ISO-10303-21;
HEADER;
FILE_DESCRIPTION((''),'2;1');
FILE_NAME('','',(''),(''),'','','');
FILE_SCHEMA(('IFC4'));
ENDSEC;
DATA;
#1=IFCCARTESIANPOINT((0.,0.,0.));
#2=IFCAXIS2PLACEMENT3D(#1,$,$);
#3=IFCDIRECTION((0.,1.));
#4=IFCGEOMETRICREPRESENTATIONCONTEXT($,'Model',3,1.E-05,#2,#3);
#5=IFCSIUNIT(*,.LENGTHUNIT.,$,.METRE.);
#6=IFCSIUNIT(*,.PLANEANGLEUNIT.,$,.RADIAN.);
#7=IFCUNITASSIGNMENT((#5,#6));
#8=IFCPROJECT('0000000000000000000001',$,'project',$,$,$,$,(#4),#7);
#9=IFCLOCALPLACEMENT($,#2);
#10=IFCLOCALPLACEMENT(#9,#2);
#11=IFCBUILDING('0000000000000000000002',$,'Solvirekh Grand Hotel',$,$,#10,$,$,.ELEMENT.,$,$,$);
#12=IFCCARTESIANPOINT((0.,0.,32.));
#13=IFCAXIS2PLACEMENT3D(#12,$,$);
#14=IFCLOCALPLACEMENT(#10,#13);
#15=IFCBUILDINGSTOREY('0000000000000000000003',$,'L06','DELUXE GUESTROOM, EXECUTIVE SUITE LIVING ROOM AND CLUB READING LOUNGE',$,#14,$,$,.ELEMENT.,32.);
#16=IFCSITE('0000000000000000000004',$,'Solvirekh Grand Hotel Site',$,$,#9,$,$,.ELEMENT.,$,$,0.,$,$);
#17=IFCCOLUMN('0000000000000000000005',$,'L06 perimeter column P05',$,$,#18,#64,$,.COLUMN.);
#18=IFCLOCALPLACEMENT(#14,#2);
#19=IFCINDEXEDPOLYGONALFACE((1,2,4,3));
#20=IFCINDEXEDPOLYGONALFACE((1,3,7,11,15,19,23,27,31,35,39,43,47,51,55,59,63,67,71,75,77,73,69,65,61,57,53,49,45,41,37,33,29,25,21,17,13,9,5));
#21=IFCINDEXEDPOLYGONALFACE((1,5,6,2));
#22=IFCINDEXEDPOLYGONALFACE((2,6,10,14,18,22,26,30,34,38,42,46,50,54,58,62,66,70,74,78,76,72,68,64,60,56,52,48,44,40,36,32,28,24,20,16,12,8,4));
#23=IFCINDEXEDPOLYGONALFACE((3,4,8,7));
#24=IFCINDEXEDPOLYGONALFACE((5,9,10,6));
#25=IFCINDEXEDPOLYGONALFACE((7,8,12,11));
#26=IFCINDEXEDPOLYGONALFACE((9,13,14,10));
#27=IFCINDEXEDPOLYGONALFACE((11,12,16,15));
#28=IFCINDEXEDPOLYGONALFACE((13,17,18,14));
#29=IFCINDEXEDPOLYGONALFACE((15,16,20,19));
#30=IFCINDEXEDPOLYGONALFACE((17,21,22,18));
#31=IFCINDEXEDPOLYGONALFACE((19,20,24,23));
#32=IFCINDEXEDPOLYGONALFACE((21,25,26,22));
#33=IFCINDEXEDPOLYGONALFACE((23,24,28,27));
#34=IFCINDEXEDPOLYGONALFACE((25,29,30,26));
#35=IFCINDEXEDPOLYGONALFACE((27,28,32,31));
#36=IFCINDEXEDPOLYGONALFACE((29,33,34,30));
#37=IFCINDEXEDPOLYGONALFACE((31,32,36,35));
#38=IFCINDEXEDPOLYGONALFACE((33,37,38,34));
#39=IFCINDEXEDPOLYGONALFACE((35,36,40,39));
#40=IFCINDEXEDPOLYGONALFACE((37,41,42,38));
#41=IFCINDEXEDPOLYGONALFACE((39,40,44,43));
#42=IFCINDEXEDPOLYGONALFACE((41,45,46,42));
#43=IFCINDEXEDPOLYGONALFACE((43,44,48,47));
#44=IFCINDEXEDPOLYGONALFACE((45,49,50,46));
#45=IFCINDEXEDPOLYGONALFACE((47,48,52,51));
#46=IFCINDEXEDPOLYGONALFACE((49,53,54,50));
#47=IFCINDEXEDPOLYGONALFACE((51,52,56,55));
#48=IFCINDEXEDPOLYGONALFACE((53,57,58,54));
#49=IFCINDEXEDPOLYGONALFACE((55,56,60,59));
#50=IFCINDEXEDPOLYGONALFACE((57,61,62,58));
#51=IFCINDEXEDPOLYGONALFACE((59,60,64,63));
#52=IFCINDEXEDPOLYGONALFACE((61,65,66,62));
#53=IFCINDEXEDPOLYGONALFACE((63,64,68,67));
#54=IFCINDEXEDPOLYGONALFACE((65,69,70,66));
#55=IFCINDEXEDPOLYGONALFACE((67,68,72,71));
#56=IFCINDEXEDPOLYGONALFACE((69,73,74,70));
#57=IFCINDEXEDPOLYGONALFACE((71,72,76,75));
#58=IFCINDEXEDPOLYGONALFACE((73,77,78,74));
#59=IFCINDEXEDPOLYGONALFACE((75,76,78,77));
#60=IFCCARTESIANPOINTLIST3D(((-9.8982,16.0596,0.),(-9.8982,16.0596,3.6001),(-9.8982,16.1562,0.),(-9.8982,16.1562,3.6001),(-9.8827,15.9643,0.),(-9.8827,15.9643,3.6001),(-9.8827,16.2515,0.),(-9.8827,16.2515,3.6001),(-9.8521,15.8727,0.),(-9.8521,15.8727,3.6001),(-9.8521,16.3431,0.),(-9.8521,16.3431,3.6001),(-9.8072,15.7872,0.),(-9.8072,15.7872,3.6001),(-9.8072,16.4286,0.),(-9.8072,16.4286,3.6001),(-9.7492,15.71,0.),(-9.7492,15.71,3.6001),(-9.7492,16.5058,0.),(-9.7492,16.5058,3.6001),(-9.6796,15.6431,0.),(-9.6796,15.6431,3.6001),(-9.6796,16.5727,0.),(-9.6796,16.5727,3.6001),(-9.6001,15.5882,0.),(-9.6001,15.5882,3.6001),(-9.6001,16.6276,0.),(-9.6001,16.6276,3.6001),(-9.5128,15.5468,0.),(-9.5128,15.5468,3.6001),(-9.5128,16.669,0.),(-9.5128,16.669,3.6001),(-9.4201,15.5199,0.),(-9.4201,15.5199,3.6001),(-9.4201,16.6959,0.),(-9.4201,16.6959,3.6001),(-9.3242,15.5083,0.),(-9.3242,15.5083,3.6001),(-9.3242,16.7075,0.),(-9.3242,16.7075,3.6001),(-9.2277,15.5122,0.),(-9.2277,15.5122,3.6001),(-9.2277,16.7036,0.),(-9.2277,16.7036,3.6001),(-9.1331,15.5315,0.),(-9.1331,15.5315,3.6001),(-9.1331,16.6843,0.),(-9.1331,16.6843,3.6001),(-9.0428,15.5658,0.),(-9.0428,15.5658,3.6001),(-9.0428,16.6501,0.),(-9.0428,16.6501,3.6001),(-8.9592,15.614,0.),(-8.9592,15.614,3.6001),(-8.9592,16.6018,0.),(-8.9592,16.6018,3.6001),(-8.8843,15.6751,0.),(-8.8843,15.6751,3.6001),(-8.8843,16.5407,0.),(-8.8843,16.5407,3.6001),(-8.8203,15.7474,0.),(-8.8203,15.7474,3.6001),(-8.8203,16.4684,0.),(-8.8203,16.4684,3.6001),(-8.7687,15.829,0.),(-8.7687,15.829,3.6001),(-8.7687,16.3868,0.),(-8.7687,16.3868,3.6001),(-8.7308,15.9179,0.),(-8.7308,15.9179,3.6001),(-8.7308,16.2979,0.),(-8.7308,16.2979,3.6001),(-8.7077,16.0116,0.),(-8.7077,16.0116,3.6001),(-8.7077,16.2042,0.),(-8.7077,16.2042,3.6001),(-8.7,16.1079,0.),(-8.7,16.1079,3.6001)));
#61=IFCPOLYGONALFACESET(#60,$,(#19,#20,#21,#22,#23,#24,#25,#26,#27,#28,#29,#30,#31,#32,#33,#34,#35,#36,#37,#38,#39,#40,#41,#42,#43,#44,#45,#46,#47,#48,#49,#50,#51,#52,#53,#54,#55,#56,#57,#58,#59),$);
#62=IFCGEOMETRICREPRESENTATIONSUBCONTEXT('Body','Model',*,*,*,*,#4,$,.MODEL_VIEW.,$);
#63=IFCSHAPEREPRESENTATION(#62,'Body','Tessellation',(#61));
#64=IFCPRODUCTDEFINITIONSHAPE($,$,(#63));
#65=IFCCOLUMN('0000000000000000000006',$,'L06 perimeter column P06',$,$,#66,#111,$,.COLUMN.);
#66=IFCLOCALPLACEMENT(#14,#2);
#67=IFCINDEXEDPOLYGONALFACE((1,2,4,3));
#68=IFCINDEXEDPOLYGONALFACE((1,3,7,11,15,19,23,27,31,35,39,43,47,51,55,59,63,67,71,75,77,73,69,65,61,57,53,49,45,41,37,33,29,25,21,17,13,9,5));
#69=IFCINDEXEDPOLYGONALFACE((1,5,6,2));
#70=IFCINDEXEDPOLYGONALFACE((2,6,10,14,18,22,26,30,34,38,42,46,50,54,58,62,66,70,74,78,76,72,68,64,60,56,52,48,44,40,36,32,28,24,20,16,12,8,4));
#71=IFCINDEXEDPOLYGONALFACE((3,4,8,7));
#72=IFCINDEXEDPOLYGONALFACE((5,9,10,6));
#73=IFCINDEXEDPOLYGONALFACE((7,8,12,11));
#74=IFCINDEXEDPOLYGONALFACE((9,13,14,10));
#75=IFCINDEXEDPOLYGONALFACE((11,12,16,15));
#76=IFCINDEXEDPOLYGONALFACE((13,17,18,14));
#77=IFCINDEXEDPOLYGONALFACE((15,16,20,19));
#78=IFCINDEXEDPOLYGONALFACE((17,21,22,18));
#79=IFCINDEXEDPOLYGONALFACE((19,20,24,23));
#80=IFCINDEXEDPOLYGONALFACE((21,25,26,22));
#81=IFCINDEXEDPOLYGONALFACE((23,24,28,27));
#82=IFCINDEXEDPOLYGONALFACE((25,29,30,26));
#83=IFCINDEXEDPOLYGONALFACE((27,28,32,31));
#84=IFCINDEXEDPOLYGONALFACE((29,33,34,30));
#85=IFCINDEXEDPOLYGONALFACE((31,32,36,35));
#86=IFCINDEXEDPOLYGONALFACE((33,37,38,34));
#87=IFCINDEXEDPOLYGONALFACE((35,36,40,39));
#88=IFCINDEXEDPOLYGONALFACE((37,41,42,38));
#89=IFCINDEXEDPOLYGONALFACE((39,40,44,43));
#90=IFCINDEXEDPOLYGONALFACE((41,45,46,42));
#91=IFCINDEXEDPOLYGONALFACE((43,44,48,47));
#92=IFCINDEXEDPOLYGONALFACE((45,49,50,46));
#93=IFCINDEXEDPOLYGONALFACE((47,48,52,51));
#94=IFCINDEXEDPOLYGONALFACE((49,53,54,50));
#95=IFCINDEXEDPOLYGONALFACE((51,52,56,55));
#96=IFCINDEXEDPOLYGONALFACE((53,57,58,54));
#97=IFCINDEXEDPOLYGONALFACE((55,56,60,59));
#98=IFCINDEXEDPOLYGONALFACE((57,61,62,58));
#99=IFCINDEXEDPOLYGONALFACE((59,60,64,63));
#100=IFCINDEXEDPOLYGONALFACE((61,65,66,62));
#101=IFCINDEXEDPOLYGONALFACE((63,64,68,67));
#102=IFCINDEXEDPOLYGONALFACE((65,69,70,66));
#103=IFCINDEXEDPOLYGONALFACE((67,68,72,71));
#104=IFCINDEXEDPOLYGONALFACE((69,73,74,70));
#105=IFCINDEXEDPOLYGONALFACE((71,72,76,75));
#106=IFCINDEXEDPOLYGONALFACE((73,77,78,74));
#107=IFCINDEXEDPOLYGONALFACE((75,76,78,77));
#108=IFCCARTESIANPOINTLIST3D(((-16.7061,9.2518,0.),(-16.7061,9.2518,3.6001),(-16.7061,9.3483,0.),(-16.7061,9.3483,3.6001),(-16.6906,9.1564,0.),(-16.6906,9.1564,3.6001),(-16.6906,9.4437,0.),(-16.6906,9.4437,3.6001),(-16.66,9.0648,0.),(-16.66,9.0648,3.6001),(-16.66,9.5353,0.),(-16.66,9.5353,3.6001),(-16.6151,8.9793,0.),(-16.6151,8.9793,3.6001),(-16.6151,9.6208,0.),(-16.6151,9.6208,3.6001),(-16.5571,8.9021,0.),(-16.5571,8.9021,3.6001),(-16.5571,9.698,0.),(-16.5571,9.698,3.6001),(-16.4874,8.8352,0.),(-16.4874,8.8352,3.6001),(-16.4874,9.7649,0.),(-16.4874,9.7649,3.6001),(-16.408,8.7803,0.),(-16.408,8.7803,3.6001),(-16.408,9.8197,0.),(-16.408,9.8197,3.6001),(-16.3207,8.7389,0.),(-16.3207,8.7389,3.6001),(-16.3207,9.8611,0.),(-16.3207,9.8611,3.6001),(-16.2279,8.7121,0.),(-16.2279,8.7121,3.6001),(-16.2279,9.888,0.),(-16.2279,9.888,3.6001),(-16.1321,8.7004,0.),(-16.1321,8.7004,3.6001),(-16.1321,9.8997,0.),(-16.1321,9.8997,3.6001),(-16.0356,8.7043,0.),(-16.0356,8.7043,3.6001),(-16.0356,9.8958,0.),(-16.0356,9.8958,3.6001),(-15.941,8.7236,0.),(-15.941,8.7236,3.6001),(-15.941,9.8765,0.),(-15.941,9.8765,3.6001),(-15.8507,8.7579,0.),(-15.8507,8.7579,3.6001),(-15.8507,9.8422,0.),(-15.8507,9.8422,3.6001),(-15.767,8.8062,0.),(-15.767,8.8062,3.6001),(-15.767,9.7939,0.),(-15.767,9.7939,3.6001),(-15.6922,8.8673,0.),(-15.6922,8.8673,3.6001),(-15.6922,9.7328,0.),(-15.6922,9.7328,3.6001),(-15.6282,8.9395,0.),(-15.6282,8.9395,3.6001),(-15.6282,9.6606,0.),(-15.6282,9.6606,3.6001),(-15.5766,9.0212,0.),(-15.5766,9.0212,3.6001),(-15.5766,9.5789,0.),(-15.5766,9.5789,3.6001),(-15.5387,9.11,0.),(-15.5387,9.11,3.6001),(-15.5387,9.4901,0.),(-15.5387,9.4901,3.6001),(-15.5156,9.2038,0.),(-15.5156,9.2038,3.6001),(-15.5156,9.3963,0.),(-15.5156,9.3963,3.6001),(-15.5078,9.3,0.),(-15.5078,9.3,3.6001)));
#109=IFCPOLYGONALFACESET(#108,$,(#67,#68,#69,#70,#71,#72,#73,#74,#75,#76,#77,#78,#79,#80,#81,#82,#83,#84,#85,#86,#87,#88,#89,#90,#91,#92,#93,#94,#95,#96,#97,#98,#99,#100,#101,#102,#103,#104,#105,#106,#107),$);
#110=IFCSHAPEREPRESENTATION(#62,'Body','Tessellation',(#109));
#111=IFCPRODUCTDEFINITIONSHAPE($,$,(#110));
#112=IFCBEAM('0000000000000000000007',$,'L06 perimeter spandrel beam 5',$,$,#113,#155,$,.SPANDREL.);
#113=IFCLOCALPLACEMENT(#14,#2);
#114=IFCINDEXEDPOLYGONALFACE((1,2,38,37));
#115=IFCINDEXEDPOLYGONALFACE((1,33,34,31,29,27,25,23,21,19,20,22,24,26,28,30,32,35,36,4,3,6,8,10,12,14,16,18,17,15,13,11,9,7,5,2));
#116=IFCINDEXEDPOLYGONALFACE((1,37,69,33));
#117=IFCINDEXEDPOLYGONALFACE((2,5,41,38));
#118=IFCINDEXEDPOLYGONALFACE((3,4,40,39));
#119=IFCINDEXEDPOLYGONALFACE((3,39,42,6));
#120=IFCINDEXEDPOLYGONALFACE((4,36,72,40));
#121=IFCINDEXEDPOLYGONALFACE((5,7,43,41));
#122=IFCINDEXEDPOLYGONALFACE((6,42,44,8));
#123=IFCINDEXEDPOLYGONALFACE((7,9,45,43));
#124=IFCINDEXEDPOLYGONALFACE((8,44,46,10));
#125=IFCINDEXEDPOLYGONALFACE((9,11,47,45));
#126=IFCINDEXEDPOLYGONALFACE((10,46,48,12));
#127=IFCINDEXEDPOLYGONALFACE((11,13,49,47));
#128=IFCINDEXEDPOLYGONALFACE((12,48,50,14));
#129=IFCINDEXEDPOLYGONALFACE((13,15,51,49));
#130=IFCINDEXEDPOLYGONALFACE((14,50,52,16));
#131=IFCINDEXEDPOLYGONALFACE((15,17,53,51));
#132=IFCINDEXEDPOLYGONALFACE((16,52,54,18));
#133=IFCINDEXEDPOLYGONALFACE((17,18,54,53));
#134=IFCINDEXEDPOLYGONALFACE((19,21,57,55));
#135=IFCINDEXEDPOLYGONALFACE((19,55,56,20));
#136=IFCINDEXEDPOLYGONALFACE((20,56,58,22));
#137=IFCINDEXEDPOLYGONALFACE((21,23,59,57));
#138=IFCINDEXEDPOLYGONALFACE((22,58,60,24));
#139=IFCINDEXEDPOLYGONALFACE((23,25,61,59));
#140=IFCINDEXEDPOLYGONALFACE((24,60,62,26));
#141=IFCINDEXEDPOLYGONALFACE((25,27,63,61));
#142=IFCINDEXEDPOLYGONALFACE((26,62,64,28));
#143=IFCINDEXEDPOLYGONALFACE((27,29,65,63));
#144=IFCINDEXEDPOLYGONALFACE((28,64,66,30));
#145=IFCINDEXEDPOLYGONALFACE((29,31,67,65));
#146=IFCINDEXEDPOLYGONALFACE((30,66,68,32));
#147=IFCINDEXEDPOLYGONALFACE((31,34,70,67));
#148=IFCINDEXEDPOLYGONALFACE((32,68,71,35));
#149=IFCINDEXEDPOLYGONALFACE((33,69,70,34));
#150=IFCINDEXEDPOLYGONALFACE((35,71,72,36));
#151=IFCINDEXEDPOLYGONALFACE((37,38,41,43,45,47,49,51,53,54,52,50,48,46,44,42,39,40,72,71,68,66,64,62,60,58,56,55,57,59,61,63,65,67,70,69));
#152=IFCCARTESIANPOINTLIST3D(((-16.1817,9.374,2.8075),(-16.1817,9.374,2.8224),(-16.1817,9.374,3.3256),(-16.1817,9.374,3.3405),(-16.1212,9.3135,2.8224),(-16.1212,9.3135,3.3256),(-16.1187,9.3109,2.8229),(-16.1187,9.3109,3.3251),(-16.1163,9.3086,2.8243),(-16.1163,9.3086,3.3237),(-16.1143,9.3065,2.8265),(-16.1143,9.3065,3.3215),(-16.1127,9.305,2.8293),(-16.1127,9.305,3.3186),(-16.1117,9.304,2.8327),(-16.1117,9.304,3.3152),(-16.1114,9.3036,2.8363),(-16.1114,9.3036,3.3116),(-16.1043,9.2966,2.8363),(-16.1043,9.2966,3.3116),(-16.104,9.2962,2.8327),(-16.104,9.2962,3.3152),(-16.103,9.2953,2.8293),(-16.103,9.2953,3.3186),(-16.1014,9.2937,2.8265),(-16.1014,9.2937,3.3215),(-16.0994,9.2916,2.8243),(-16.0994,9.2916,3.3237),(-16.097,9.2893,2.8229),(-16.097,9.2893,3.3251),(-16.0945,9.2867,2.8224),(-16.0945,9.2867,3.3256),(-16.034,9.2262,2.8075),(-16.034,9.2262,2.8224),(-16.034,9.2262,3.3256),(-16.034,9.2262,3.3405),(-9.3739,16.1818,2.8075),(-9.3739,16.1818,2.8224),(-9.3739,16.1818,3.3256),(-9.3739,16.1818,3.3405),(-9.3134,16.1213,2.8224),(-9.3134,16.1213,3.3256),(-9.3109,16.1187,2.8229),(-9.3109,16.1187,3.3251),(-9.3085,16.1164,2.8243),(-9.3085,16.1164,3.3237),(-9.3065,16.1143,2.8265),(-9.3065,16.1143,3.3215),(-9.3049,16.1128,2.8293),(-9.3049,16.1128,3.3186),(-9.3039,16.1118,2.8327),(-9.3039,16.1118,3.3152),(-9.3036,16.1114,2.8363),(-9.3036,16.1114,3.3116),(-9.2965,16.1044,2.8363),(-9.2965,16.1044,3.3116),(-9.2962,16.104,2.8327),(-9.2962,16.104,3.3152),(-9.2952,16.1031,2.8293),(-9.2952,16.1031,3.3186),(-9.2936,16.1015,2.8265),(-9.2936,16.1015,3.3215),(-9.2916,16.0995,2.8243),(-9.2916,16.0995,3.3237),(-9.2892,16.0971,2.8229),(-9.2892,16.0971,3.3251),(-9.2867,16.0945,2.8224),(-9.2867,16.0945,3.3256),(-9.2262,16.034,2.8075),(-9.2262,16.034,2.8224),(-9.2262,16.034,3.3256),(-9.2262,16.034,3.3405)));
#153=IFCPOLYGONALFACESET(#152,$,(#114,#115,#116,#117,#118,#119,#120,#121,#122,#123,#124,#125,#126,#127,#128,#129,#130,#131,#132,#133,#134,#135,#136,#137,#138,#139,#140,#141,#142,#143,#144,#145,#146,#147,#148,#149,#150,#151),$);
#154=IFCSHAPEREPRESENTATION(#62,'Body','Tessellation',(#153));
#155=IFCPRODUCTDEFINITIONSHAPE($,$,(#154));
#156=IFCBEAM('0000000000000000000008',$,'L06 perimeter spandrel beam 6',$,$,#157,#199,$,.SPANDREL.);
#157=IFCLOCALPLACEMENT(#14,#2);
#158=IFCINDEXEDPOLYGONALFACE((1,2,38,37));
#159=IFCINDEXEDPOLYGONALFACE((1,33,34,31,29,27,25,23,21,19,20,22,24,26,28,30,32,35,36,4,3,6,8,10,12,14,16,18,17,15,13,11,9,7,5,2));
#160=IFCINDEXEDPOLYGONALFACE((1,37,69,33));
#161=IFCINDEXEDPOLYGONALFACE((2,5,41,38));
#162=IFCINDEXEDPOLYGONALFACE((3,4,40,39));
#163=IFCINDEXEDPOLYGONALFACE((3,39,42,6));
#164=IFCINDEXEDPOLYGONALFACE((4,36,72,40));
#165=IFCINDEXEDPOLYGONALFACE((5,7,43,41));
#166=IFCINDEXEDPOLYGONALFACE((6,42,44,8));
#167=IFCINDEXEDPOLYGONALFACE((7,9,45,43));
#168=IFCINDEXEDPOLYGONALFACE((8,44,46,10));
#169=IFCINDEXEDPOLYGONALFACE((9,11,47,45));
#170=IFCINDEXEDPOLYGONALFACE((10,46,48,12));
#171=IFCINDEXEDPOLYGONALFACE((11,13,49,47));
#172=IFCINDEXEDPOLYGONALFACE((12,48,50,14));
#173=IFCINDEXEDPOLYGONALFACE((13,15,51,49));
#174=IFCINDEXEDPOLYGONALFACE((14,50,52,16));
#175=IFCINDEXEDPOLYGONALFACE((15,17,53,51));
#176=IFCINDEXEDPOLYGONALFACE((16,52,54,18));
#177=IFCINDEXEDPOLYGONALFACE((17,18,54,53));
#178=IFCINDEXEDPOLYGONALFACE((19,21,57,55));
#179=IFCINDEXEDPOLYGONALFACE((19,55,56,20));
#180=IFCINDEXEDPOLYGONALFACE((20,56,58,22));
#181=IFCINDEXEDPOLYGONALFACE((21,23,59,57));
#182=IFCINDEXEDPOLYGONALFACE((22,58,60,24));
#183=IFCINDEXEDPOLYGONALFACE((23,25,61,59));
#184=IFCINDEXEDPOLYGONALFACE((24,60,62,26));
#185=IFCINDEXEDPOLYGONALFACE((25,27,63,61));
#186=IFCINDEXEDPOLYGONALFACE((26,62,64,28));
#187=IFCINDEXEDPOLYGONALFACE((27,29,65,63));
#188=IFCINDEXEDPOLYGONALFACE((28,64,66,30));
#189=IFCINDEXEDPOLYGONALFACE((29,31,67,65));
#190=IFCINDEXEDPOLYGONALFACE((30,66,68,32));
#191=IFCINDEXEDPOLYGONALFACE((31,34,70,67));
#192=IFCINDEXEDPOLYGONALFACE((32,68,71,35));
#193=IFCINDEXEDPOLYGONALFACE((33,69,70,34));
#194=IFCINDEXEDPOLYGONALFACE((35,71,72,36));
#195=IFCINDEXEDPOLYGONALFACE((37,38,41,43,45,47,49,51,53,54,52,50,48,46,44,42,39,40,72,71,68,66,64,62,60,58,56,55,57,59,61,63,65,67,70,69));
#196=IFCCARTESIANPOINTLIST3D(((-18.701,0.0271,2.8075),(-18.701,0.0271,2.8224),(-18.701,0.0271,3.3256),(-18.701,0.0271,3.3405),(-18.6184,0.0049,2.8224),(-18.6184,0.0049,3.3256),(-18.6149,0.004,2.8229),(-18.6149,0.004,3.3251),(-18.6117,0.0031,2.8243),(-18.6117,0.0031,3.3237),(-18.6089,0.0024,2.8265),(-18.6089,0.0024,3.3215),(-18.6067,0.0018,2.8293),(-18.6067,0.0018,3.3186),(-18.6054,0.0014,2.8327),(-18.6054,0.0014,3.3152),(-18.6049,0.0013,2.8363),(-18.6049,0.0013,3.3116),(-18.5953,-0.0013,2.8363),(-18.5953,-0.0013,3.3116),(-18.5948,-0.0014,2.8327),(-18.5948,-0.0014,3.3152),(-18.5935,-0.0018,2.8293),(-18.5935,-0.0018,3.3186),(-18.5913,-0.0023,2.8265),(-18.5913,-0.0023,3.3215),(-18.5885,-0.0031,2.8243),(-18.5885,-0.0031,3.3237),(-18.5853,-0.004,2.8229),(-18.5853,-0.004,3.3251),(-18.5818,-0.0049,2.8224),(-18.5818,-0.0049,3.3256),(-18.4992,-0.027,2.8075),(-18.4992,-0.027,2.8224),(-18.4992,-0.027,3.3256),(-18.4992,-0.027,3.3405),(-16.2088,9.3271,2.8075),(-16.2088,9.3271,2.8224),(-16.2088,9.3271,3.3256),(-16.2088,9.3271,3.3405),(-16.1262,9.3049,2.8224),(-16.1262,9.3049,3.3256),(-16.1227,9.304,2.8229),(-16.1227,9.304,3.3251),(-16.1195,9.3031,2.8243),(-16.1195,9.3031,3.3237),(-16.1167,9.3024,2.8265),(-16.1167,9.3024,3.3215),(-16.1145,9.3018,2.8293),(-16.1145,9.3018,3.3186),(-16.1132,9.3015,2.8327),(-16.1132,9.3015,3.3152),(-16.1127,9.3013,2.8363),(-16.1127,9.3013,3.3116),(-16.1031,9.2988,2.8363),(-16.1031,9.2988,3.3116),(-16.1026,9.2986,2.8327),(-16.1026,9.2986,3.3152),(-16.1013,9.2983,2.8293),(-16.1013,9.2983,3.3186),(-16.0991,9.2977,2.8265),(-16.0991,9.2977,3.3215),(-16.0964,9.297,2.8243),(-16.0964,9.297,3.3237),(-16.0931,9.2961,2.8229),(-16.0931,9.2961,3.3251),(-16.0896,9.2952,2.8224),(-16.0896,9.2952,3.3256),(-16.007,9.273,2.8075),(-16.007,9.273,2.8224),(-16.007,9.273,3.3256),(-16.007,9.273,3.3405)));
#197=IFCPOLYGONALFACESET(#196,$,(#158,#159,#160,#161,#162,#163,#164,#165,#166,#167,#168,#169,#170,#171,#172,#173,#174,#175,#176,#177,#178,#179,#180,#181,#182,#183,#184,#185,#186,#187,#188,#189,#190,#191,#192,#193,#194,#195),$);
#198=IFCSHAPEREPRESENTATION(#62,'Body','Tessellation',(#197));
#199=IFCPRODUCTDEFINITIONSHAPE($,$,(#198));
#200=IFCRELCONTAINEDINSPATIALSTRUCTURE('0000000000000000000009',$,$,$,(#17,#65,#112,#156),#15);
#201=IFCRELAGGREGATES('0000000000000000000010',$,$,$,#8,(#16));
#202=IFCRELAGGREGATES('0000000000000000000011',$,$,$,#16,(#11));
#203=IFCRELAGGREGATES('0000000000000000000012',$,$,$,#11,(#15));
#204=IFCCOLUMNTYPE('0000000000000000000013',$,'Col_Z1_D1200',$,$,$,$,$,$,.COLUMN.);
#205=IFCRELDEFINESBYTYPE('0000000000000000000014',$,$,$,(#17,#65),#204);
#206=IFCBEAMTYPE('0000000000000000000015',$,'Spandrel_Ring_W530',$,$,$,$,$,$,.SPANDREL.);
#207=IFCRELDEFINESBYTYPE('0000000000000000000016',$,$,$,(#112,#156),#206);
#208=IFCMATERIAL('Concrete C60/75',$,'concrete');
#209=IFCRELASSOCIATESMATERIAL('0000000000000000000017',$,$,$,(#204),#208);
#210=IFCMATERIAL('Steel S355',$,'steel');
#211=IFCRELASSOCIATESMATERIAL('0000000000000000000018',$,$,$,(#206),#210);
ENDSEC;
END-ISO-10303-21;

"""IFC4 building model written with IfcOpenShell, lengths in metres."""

from ifc_helpers import new_model, si_unit, direction, frame, origin, origin_2d, place, context, subcontext, project, spatial, circle, i_section, extrude, material, material_profile, profile_set, type_object, element, save


model = new_model("IFC4")

# Units and contexts
model_context = context("Model", 3, precision=1e-05, world=origin(), true_north=direction((0.0, 1.0)))
body_context = subcontext(model_context, "Body", "Model", "MODEL_VIEW")
ifc_project = project(units=[si_unit("LENGTHUNIT", "METRE"), si_unit("PLANEANGLEUNIT", "RADIAN")], contexts=[model_context])

# Site, building, storey
site_placement = place(None, origin())
site = spatial("IfcSite", under=ifc_project, at=site_placement, Name="Solvirekh Grand Hotel Site", CompositionType="ELEMENT", RefElevation=0.0)
building_placement = place(site_placement, origin())
building = spatial("IfcBuilding", under=site, at=building_placement, Name="Solvirekh Grand Hotel", CompositionType="ELEMENT")
storey_placement = place(building_placement, frame((0.0, 0.0, 32.0)))
storey = spatial("IfcBuildingStorey", under=building, at=storey_placement, Name="L06", Description="DELUXE GUESTROOM, EXECUTIVE SUITE LIVING ROOM AND CLUB READING LOUNGE", CompositionType="ELEMENT", Elevation=32.0)

# Columns
ifc_material_1 = material(Name="Concrete C60/75", Category="concrete")
ifc_material_profile_1 = material_profile(ifc_material_1, circle(Radius=0.6001, at=origin_2d()), Name="RC CIRC D1200")
ifc_profile_set_1 = profile_set([ifc_material_profile_1], Name="Concrete C60/75")
column_type = type_object("IfcColumnType", Name="Col_Z1_D1200", PredefinedType="COLUMN", material=ifc_profile_set_1)
for number, where, z_axis, x_axis, name in (
    (1, (-9.3, 16.1079, 0.0), (0.0, 0.0, 1.0), (1.0, 0.0, 0.0), "L06 perimeter column P05"),
    (2, (-16.1079, 9.3, 0.0), (0.0, 0.0, 1.0), (1.0, 0.0, 0.0), "L06 perimeter column P06"),
):
    element("IfcColumn", number, at=place(storey_placement, frame(where, z_axis=z_axis, x_axis=x_axis)), inside=storey, type_object=column_type, Name=name, PredefinedType="COLUMN", context=body_context, shape_type="SweptSolid", body=[
        extrude(circle(Radius=0.6001, at=origin_2d()), origin(), (0.0, 0.0, 1.0), 3.6001),
    ])

# Beams
ifc_material_2 = material(Name="Steel S355", Category="steel")
ifc_material_profile_2 = material_profile(ifc_material_2, i_section(OverallWidth=0.209, OverallDepth=0.533, WebThickness=0.01, FlangeThickness=0.0149, FilletRadius=0.0139, at=origin_2d()), Name="W530X92")
ifc_profile_set_2 = profile_set([ifc_material_profile_2], Name="Steel S355")
beam_type = type_object("IfcBeamType", Name="Spandrel_Ring_W530", PredefinedType="SPANDREL", material=ifc_profile_set_2)
beam_1_placement = place(storey_placement, frame((-9.3, 16.1079, 3.074), z_axis=(-0.707107, -0.707107, 0.0), x_axis=(0.707107, -0.707107, 0.0)))
element("IfcBeam", 3, at=beam_1_placement, inside=storey, type_object=beam_type, Name="L06 perimeter spandrel beam 5", PredefinedType="SPANDREL", context=body_context, shape_type="SweptSolid", body=[
    extrude(i_section(OverallWidth=0.209, OverallDepth=0.533, WebThickness=0.01, FlangeThickness=0.0149, FilletRadius=0.0139, at=origin_2d()), origin(), (0.0, 0.0, 1.0), 9.6277),
])
beam_2_placement = place(storey_placement, frame((-16.1079, 9.3, 3.074), z_axis=(-0.258843, -0.965919, 0.0), x_axis=(0.965919, -0.258843, 0.0)))
element("IfcBeam", 4, at=beam_2_placement, inside=storey, type_object=beam_type, Name="L06 perimeter spandrel beam 6", PredefinedType="SPANDREL", context=body_context, shape_type="SweptSolid", body=[
    extrude(i_section(OverallWidth=0.209, OverallDepth=0.533, WebThickness=0.01, FlangeThickness=0.0149, FilletRadius=0.0139, at=origin_2d()), origin(), (0.0, 0.0, 1.0), 9.6282),
])

save(model, "model.ifc")
